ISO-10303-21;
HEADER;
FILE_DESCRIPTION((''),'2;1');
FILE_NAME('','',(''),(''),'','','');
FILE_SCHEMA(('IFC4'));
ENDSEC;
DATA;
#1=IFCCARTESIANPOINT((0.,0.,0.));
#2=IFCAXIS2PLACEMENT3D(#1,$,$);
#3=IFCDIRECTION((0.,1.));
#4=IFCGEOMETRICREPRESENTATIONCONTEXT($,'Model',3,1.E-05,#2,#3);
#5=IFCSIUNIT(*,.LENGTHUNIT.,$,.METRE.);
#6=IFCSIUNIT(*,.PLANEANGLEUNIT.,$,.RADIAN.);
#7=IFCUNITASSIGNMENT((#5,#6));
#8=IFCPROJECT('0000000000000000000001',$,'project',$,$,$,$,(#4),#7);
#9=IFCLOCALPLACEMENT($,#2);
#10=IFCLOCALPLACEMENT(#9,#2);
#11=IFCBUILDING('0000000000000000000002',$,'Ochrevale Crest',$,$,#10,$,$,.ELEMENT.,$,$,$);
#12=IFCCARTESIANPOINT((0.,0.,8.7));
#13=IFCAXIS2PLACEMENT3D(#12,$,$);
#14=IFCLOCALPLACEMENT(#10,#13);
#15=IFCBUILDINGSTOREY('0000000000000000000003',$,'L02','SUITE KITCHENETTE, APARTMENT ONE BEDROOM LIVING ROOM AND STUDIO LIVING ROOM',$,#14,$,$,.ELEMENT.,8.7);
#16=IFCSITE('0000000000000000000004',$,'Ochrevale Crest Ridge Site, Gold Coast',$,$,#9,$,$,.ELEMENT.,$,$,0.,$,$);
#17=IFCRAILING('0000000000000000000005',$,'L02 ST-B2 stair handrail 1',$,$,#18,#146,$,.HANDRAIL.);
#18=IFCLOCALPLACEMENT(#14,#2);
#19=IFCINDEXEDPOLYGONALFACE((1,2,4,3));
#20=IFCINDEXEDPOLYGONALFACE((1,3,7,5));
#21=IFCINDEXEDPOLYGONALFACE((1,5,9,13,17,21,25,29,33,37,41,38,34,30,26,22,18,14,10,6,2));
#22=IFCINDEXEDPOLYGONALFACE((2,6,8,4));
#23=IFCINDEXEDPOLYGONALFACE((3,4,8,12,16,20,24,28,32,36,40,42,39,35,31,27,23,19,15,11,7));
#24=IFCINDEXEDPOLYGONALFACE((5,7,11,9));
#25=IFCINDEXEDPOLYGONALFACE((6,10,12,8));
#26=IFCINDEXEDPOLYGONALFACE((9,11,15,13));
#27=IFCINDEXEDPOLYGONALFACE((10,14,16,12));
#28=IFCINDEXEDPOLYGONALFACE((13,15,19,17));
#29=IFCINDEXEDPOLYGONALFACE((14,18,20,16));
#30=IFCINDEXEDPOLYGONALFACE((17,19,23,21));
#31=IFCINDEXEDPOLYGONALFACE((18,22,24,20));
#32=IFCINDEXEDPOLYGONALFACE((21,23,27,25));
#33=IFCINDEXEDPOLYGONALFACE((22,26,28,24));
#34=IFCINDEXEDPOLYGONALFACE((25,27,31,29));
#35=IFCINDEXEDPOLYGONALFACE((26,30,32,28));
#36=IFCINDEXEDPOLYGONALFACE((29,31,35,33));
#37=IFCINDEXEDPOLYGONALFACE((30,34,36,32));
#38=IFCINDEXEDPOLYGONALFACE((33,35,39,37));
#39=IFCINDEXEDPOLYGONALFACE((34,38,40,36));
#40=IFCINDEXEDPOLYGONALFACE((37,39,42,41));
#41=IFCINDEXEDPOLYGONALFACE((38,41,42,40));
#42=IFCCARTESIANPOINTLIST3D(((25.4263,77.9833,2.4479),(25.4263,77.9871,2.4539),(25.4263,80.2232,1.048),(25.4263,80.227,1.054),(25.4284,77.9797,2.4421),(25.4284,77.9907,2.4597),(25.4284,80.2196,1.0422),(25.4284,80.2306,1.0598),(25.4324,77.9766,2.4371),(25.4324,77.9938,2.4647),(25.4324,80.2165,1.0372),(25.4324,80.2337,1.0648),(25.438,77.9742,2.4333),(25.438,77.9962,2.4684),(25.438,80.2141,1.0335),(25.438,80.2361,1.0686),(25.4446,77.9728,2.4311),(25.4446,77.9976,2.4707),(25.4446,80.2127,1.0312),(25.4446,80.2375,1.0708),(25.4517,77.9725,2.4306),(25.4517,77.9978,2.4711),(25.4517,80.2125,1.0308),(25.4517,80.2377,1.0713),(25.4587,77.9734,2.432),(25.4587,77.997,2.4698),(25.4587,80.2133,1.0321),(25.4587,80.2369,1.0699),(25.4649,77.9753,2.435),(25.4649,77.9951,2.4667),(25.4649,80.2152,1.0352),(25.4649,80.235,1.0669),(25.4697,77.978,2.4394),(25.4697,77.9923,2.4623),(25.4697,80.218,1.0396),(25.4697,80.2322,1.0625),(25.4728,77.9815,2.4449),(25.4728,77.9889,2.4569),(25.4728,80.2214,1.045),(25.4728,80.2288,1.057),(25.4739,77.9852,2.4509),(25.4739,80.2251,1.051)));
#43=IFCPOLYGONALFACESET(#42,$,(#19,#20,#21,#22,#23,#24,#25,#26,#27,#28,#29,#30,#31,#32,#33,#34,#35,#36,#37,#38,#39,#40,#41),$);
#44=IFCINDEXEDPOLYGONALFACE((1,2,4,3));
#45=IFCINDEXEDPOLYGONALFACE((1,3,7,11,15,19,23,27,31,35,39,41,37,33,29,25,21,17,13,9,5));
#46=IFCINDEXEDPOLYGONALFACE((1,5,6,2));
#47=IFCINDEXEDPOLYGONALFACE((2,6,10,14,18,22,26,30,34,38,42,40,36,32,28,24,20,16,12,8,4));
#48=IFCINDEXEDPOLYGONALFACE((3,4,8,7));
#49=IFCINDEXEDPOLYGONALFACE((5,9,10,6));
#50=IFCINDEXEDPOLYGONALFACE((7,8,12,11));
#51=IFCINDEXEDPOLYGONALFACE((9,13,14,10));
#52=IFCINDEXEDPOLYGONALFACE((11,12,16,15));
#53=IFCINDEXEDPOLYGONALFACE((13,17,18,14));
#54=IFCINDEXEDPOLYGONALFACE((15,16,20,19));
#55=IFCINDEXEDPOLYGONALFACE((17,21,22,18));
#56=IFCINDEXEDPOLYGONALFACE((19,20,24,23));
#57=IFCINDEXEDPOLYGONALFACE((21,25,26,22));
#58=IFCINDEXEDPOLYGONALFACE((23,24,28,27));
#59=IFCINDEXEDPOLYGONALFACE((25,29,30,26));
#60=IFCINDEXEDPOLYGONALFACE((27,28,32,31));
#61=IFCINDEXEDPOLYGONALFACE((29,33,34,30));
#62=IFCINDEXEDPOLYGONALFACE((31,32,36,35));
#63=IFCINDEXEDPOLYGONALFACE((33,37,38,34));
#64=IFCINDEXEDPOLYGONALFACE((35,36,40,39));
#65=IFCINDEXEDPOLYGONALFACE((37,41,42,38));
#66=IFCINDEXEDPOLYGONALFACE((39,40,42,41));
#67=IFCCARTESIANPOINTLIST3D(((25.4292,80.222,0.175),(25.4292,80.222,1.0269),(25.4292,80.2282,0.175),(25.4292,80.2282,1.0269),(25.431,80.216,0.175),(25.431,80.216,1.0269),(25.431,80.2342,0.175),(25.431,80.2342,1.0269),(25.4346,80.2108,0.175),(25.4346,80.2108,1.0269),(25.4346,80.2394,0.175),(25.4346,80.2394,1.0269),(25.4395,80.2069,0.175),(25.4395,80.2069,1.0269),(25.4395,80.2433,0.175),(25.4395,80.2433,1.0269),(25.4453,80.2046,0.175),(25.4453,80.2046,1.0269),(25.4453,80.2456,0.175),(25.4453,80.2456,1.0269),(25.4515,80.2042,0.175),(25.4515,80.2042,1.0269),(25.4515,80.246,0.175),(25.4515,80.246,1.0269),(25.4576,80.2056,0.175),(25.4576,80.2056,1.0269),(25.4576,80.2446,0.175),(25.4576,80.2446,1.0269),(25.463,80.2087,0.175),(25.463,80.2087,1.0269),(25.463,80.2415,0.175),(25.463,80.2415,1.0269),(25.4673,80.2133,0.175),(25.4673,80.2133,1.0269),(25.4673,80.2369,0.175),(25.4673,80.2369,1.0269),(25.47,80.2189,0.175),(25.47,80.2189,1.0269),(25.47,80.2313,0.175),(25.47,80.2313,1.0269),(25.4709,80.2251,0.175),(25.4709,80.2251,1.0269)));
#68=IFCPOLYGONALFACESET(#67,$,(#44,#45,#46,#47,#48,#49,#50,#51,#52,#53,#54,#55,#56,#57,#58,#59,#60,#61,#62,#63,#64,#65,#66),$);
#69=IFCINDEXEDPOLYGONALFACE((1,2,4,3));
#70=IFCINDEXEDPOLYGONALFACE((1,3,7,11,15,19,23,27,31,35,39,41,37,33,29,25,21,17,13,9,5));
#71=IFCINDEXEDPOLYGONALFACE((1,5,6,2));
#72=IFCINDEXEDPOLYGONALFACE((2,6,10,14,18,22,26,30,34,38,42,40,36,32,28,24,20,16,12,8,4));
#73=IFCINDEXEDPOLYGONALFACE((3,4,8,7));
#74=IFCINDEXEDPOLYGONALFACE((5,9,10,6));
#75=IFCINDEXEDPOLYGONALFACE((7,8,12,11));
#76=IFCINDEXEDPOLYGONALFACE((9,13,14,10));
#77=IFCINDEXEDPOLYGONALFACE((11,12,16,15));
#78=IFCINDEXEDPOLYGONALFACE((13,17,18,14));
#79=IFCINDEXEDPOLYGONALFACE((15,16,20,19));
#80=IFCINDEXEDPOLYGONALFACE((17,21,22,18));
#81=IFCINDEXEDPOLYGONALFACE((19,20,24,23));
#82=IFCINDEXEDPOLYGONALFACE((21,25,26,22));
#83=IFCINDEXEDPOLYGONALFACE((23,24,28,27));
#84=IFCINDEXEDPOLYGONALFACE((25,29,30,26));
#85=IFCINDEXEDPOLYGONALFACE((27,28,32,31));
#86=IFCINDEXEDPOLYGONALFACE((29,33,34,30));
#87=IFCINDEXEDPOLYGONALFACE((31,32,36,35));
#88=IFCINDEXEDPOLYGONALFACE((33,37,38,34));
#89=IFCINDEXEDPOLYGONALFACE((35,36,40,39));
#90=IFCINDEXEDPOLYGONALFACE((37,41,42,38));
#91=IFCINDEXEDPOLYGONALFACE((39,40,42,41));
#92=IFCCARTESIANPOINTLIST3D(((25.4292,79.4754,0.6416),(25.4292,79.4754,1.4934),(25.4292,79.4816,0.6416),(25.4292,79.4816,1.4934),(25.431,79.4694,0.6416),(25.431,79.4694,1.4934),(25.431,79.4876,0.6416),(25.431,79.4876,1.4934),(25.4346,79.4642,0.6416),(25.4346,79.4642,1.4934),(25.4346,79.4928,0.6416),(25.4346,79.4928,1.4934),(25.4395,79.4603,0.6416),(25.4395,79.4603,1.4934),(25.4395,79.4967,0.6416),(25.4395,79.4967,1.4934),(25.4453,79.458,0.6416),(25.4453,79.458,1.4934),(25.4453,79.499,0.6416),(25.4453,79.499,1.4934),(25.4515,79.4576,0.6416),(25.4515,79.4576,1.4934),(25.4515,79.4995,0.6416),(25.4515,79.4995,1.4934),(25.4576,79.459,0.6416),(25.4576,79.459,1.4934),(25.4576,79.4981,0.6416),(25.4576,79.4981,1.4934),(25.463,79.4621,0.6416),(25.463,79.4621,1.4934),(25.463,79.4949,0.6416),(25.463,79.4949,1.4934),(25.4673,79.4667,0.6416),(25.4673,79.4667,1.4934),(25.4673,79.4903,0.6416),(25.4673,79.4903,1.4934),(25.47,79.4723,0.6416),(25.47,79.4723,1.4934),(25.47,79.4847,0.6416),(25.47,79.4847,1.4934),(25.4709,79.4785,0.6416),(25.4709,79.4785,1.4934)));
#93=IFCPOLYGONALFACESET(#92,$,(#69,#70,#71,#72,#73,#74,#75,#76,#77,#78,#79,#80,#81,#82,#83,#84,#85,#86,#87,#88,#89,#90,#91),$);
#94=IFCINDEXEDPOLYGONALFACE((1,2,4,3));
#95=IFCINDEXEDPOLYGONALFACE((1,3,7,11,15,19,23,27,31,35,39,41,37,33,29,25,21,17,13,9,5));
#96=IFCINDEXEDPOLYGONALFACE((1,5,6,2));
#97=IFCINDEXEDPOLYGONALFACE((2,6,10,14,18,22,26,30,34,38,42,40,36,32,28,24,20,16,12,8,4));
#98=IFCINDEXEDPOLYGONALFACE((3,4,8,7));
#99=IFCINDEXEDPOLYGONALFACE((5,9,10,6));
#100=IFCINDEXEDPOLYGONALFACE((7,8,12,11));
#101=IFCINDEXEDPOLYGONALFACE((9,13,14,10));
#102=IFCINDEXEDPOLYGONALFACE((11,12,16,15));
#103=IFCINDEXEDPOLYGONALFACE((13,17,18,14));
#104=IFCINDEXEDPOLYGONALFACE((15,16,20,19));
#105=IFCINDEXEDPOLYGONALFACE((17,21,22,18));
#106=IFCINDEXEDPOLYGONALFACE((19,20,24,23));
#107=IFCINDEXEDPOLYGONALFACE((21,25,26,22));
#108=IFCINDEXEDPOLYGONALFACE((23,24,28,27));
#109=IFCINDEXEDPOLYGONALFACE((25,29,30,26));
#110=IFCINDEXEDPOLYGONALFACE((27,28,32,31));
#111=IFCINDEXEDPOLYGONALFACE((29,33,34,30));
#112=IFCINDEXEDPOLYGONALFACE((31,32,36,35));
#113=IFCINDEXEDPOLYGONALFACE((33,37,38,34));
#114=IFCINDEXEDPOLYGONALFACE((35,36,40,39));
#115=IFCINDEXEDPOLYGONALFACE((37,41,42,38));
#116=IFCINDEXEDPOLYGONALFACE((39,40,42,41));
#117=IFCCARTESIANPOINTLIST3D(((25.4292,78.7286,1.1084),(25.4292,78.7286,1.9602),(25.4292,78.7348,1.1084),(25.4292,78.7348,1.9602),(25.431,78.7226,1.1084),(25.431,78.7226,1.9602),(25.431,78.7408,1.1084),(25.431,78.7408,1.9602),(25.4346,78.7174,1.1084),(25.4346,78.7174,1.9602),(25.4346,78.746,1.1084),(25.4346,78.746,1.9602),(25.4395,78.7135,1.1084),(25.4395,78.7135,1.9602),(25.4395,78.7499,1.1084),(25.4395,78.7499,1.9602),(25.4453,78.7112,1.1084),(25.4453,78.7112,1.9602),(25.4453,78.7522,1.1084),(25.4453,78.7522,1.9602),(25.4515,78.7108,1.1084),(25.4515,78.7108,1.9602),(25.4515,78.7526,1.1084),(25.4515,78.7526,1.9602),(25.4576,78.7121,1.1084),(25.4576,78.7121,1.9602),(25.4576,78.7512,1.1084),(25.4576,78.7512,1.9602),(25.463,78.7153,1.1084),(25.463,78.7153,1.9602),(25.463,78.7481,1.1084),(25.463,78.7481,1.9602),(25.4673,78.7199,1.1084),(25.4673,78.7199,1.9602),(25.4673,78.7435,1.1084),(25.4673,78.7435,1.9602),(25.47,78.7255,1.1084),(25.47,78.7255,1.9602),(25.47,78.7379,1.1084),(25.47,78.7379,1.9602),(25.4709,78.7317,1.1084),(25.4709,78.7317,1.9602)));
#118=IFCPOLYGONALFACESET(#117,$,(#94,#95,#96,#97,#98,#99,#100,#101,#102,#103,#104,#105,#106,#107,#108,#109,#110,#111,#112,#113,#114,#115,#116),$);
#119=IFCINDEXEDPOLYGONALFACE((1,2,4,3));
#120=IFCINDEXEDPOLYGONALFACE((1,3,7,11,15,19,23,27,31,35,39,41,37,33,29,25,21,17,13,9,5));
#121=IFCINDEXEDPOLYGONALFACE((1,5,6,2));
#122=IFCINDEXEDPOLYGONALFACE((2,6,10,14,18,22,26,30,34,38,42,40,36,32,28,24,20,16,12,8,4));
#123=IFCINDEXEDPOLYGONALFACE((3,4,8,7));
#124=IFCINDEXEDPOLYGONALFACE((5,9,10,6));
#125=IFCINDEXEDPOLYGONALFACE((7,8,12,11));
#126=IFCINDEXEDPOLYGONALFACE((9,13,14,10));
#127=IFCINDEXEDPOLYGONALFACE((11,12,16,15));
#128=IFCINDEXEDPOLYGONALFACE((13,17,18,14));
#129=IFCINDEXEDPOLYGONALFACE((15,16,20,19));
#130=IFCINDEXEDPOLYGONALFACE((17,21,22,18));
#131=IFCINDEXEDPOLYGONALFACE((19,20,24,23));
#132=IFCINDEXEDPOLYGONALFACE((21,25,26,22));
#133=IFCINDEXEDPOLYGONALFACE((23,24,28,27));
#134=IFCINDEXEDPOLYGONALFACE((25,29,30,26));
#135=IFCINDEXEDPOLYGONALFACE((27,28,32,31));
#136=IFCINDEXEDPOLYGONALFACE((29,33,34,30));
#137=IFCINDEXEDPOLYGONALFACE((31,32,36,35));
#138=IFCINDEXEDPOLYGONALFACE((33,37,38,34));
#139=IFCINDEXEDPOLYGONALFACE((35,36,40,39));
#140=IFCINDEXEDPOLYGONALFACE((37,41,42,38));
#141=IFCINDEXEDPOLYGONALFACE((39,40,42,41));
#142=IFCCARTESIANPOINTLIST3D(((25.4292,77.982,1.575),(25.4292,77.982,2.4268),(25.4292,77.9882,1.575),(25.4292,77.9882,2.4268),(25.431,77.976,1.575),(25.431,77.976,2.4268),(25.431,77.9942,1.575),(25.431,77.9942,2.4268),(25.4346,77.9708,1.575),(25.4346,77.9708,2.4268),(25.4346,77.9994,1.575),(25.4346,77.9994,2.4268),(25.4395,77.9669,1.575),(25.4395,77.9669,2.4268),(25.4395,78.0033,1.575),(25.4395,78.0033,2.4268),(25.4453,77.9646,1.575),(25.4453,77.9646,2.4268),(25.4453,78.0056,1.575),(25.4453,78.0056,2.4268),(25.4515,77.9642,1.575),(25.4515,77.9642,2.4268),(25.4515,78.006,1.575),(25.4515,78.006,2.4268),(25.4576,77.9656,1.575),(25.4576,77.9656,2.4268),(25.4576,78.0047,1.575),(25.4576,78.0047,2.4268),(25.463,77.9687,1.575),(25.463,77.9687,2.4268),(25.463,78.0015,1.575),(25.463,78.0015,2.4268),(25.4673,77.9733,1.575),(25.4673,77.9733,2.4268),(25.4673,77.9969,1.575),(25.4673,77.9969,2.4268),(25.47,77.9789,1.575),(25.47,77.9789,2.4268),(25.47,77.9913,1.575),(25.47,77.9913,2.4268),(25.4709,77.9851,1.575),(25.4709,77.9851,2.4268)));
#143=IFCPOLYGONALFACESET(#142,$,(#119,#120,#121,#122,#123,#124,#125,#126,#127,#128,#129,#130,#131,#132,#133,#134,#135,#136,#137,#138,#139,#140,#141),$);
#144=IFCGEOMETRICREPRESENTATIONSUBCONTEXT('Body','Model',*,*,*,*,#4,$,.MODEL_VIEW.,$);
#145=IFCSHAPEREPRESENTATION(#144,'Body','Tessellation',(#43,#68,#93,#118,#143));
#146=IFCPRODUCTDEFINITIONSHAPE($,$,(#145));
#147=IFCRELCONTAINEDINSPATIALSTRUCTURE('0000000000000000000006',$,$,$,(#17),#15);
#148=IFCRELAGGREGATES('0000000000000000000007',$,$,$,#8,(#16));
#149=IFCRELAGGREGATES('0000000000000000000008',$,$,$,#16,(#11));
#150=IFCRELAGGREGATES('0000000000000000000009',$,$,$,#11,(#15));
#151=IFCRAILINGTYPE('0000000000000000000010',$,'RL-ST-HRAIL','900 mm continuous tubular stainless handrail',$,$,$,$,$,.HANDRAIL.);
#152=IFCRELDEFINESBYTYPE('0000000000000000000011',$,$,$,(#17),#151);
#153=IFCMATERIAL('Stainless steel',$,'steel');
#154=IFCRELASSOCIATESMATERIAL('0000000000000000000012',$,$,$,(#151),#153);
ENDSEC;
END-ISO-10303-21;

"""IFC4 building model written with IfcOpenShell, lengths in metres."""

from ifc_helpers import new_model, si_unit, direction, frame, origin, origin_2d, place, context, subcontext, project, spatial, circle, extrude, material, type_object, element, save


model = new_model("IFC4")

# Units and contexts
model_context = context("Model", 3, precision=1e-05, world=origin(), true_north=direction((0.0, 1.0)))
body_context = subcontext(model_context, "Body", "Model", "MODEL_VIEW")
ifc_project = project(units=[si_unit("LENGTHUNIT", "METRE"), si_unit("PLANEANGLEUNIT", "RADIAN")], contexts=[model_context])

# Site, building, storey
site_placement = place(None, origin())
site = spatial("IfcSite", under=ifc_project, at=site_placement, Name="Ochrevale Crest Ridge Site, Gold Coast", CompositionType="ELEMENT", RefElevation=0.0)
building_placement = place(site_placement, origin())
building = spatial("IfcBuilding", under=site, at=building_placement, Name="Ochrevale Crest", CompositionType="ELEMENT")
storey_placement = place(building_placement, frame((0.0, 0.0, 8.7)))
storey = spatial("IfcBuildingStorey", under=building, at=storey_placement, Name="L02", Description="SUITE KITCHENETTE, APARTMENT ONE BEDROOM LIVING ROOM AND STUDIO LIVING ROOM", CompositionType="ELEMENT", Elevation=8.7)

# Railing
ifc_material_1 = material(Name="Stainless steel", Category="steel")
railing_type_1 = type_object("IfcRailingType", Name="RL-ST-HRAIL", Description="900 mm continuous tubular stainless handrail", PredefinedType="HANDRAIL", material=ifc_material_1)
railing_1_placement = place(storey_placement, frame((25.45, 80.2251, 0.175)))
element("IfcRailing", 1, at=railing_1_placement, inside=storey, type_object=railing_type_1, Name="L02 ST-B2 stair handrail 1", PredefinedType="HANDRAIL", context=body_context, shape_type="SweptSolid", body=[
    extrude(circle(Radius=0.0239, at=origin_2d()), frame((0.0, 0.0, 0.876), z_axis=(0.0, -0.848014, 0.529974), x_axis=(1.0, 0.0, 0.0)), (0.0, 0.0, 1.0), 2.6414),
    extrude(circle(Radius=0.021, at=origin_2d()), origin(), (0.0, 0.0, 1.0), 0.8518),
    extrude(circle(Radius=0.021, at=origin_2d()), frame((0.0, -0.7466, 0.4666)), (0.0, 0.0, 1.0), 0.8518),
    extrude(circle(Radius=0.021, at=origin_2d()), frame((0.0, -1.4934, 0.9333)), (0.0, 0.0, 1.0), 0.8518),
    extrude(circle(Radius=0.021, at=origin_2d()), frame((0.0, -2.24, 1.3999)), (0.0, 0.0, 1.0), 0.8518),
])

save(model, "model.ifc")
